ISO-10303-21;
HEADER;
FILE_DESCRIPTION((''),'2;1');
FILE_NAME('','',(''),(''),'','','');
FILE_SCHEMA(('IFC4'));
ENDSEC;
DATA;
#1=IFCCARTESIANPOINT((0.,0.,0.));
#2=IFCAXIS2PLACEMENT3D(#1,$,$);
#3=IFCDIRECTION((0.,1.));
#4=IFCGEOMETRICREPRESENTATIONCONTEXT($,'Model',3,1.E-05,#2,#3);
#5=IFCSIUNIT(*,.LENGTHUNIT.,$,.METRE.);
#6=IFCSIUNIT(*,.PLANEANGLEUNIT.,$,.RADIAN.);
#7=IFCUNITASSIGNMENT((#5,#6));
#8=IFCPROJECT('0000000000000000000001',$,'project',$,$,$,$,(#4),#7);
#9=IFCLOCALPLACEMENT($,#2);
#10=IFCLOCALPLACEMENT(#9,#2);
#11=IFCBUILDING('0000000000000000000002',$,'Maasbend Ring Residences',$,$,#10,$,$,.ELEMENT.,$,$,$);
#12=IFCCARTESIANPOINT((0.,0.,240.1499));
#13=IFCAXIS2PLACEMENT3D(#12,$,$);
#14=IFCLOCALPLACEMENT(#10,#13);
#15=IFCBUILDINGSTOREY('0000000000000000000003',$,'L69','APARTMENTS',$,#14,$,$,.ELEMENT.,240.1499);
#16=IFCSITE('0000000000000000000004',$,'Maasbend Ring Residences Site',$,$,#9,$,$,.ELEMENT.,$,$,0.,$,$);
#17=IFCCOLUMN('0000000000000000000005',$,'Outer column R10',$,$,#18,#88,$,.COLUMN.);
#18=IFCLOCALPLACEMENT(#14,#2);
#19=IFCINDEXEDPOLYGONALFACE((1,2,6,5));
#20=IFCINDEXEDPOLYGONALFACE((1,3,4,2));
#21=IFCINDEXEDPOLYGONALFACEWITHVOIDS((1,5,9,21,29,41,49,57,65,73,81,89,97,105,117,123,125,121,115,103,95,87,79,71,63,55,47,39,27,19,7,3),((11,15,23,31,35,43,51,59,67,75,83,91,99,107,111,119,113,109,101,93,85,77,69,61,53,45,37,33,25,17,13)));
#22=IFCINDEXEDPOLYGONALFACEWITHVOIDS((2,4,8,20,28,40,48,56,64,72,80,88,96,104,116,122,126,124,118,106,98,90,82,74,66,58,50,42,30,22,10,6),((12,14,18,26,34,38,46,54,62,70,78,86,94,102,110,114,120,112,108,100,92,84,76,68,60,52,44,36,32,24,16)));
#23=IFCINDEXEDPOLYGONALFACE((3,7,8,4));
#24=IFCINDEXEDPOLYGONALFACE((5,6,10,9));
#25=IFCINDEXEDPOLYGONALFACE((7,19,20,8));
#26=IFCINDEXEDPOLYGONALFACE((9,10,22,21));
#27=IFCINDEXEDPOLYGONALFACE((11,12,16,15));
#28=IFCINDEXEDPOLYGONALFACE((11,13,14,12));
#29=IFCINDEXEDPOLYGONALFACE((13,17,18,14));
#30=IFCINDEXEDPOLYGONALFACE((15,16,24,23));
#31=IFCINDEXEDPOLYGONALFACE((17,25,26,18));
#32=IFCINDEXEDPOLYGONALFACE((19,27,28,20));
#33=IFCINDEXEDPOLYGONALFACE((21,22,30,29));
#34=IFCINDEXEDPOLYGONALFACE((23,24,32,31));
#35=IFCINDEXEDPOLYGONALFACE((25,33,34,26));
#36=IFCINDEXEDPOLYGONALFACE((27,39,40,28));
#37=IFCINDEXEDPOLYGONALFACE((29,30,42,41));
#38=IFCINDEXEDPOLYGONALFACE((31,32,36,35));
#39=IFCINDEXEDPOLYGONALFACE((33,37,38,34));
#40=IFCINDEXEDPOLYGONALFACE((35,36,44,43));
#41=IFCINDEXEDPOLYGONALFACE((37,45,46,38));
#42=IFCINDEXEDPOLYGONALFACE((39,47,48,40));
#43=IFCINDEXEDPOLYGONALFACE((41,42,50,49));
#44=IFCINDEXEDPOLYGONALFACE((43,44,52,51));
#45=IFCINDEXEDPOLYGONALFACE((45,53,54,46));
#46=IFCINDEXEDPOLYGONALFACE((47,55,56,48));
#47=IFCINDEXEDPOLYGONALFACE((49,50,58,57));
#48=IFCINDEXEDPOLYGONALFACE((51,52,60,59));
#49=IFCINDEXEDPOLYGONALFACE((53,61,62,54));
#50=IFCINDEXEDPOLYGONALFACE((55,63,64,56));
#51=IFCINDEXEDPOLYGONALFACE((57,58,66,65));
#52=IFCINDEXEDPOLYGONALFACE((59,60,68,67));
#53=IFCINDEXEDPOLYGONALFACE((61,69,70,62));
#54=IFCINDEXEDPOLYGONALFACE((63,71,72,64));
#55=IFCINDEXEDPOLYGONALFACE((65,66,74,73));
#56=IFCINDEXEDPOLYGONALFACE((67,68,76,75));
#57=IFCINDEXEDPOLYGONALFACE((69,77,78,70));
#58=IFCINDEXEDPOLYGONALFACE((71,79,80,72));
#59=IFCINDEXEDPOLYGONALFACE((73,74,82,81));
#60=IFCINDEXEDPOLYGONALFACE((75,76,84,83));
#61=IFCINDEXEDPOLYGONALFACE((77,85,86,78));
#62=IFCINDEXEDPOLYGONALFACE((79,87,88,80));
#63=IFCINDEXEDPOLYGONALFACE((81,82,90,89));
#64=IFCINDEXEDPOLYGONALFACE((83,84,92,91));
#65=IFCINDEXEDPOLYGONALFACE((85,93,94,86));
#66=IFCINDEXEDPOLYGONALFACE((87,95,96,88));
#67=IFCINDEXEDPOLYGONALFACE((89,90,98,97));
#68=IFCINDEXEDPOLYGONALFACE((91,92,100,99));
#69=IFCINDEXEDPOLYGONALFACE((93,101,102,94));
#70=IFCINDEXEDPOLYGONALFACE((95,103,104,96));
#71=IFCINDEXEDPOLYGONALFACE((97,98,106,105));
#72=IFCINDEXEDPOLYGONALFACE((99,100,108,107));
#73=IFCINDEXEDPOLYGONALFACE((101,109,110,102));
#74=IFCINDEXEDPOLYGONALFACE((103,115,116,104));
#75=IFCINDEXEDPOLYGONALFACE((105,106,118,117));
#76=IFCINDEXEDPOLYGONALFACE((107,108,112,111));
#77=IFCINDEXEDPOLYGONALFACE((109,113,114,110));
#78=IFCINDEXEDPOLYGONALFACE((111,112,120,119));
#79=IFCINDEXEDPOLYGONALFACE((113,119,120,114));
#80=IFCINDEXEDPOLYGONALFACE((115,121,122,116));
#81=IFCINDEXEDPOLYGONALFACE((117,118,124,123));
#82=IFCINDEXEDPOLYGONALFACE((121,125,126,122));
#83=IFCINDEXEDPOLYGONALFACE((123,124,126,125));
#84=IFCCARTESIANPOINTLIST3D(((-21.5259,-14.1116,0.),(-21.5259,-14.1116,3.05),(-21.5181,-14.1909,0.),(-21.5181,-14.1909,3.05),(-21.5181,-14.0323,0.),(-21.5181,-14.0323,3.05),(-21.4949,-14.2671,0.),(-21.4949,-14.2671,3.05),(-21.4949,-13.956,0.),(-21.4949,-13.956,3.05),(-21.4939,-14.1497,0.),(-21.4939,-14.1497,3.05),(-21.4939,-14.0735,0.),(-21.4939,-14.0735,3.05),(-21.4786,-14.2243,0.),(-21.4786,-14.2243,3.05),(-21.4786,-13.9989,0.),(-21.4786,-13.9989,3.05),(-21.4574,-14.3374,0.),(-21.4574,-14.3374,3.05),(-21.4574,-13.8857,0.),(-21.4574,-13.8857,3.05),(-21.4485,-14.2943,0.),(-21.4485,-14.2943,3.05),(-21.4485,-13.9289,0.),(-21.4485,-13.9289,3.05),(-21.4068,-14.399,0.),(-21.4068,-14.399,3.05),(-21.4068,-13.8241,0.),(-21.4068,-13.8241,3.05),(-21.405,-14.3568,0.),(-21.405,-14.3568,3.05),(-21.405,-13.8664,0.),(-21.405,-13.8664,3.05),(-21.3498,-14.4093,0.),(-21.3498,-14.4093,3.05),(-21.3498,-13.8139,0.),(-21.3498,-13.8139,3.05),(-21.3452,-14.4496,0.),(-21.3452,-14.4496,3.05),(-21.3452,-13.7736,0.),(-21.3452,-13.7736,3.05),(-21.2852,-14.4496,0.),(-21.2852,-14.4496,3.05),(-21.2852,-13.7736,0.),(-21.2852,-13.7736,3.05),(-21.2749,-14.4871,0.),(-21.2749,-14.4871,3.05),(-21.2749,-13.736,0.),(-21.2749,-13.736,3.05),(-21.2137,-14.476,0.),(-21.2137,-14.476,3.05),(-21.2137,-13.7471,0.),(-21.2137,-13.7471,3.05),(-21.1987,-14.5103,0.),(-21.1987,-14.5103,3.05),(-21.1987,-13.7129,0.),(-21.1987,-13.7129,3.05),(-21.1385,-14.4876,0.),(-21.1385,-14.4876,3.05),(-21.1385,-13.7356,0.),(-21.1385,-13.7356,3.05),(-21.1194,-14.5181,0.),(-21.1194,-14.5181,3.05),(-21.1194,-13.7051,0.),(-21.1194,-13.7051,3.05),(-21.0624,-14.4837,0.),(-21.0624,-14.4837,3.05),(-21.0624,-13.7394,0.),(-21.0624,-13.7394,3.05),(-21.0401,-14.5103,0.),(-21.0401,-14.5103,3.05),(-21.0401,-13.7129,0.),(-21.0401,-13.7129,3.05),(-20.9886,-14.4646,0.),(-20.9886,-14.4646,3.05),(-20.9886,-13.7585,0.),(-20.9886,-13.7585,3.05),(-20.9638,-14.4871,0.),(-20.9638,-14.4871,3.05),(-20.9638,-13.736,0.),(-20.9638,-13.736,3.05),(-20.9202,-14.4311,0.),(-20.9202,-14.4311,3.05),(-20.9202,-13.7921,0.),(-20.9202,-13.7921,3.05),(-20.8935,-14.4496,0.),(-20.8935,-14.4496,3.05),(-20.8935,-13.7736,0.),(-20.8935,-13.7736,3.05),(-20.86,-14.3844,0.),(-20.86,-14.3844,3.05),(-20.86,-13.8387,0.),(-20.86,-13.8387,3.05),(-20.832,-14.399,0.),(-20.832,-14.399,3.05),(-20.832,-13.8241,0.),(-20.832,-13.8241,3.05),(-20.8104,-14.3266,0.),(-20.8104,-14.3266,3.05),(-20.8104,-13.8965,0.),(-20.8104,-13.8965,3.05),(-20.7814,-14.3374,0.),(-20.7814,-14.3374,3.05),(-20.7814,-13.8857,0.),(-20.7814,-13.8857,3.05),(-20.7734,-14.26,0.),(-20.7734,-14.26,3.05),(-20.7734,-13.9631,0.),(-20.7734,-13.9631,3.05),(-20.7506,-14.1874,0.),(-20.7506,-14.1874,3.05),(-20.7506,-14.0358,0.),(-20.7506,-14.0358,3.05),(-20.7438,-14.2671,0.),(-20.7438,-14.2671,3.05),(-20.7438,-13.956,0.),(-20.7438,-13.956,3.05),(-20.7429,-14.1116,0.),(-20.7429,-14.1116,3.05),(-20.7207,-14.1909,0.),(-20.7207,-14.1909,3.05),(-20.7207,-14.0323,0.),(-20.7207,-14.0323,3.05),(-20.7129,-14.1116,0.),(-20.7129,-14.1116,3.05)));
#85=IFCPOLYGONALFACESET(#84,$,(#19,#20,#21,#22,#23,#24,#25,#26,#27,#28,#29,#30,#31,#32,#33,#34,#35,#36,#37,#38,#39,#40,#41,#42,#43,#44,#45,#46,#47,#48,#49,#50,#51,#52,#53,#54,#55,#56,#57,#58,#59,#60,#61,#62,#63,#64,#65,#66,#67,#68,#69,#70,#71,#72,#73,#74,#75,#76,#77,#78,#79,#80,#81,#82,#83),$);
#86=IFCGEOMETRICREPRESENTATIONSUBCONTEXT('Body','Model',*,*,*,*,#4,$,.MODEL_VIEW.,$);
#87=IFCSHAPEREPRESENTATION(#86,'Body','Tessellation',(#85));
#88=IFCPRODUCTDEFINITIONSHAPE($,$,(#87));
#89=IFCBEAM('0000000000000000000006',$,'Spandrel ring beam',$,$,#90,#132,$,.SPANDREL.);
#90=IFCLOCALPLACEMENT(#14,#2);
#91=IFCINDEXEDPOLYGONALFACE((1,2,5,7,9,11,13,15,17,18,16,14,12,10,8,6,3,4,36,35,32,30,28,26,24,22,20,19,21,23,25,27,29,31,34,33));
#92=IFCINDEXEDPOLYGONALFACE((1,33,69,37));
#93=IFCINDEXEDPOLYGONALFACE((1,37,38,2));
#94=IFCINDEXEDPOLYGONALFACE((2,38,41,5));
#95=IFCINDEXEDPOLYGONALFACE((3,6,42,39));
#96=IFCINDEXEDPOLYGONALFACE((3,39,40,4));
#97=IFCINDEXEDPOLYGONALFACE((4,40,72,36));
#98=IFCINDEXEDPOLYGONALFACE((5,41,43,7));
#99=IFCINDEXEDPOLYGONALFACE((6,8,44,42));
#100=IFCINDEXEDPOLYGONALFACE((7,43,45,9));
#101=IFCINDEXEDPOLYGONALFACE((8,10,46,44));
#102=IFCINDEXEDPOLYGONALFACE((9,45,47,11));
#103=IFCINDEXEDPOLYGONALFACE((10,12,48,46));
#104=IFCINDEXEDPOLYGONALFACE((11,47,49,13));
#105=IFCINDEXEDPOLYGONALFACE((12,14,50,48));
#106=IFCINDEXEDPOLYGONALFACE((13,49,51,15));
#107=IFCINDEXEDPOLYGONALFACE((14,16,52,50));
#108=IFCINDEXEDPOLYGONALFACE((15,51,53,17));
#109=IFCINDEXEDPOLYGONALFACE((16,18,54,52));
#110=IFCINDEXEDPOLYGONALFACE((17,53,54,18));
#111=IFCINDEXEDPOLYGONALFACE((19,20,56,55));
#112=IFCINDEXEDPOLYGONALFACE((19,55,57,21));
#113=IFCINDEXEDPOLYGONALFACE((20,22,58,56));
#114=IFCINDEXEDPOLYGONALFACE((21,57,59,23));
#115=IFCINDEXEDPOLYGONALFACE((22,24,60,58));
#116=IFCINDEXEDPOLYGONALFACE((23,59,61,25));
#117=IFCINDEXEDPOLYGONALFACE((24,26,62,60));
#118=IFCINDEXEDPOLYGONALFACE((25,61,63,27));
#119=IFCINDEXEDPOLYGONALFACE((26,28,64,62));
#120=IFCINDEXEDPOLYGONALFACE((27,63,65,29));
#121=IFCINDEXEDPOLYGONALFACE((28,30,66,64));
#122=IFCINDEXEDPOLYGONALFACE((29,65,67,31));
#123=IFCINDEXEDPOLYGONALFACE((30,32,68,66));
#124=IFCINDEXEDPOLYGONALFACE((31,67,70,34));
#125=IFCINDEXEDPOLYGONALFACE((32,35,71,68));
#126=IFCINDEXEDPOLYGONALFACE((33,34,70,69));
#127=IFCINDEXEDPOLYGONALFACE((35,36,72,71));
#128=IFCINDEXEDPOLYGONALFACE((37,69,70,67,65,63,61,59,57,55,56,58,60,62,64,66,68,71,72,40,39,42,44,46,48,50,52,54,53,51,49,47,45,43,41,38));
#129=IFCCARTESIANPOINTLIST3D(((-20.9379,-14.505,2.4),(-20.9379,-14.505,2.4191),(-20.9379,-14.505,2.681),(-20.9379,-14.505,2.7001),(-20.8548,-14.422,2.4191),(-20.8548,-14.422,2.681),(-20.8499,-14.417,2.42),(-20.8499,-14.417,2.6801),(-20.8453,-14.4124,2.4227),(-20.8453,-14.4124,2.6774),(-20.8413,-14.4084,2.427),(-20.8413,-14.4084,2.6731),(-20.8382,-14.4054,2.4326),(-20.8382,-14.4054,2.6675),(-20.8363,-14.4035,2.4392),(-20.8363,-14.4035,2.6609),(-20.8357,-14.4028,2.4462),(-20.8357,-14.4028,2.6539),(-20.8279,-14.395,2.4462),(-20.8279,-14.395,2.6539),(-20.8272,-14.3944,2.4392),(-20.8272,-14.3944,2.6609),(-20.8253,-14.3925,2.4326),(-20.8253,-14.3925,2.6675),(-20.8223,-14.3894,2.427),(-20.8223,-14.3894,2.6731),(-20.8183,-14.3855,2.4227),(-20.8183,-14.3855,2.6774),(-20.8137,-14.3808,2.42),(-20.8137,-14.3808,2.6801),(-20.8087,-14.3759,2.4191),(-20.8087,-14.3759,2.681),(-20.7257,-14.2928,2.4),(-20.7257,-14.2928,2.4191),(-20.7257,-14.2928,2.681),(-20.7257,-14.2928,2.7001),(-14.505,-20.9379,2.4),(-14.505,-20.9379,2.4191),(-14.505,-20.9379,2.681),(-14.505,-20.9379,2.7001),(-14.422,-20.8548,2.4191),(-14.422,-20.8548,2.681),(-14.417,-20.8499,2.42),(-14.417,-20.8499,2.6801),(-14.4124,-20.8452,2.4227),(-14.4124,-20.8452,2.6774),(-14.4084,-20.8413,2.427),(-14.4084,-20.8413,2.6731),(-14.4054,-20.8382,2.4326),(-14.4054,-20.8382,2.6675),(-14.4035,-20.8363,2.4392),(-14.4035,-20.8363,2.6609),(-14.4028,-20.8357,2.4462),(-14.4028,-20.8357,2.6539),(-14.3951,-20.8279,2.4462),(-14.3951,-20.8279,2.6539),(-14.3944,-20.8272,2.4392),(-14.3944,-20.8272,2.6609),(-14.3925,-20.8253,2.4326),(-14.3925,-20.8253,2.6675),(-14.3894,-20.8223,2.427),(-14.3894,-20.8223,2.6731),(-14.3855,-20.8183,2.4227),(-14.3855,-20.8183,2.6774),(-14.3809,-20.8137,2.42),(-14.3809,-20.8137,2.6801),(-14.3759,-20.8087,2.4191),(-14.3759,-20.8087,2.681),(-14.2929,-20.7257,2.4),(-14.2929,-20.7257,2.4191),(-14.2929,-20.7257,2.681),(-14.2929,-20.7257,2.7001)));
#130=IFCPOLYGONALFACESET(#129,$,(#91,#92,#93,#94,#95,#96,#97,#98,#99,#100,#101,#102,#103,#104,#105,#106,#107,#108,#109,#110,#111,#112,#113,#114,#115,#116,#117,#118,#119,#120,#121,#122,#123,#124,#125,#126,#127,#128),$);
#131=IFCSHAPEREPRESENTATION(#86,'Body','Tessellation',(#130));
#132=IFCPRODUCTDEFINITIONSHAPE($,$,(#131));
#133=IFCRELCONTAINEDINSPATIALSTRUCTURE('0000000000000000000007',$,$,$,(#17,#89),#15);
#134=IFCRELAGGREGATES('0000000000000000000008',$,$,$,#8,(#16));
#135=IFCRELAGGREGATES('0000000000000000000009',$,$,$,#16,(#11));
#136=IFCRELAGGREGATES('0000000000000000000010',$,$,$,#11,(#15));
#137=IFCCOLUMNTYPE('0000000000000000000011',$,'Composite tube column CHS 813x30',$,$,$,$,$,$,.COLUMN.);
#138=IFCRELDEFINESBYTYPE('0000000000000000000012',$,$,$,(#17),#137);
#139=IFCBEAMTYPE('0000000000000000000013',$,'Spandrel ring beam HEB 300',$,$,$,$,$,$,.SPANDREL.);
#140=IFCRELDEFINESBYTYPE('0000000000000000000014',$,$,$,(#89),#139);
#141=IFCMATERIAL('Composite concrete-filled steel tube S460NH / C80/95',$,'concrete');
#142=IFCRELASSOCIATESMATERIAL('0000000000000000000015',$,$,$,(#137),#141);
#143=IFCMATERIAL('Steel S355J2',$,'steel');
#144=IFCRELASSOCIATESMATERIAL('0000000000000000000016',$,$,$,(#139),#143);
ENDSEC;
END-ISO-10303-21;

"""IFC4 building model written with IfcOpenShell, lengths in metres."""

from ifc_helpers import new_model, si_unit, direction, frame, origin, origin_2d, place, context, subcontext, project, spatial, hollow_circle, i_section, extrude, material, material_profile, profile_set, type_object, element, save


model = new_model("IFC4")

# Units and contexts
model_context = context("Model", 3, precision=1e-05, world=origin(), true_north=direction((0.0, 1.0)))
body_context = subcontext(model_context, "Body", "Model", "MODEL_VIEW")
ifc_project = project(units=[si_unit("LENGTHUNIT", "METRE"), si_unit("PLANEANGLEUNIT", "RADIAN")], contexts=[model_context])

# Site, building, storey
site_placement = place(None, origin())
site = spatial("IfcSite", under=ifc_project, at=site_placement, Name="Maasbend Ring Residences Site", CompositionType="ELEMENT", RefElevation=0.0)
building_placement = place(site_placement, origin())
building = spatial("IfcBuilding", under=site, at=building_placement, Name="Maasbend Ring Residences", CompositionType="ELEMENT")
storey_placement = place(building_placement, frame((0.0, 0.0, 240.1499)))
storey = spatial("IfcBuildingStorey", under=building, at=storey_placement, Name="L69", Description="APARTMENTS", CompositionType="ELEMENT", Elevation=240.1499)

# Column
ifc_material_1 = material(Name="Composite concrete-filled steel tube S460NH / C80/95", Category="concrete")
ifc_material_profile_1 = material_profile(ifc_material_1, hollow_circle(Radius=0.4065, WallThickness=0.03, at=origin_2d()), Name="Composite tube column CHS 813x30")
ifc_profile_set_1 = profile_set([ifc_material_profile_1], Name="Composite concrete-filled steel tube S460NH / C80/95")
column_type = type_object("IfcColumnType", Name="Composite tube column CHS 813x30", PredefinedType="COLUMN", material=ifc_profile_set_1)
column_placement = place(storey_placement, frame((-21.1194, -14.1116, 0.0), z_axis=(0.0, 0.0, 1.0), x_axis=(1.0, 0.0, 0.0)))
element("IfcColumn", 1, at=column_placement, inside=storey, type_object=column_type, Name="Outer column R10", PredefinedType="COLUMN", context=body_context, shape_type="SweptSolid", body=[
    extrude(hollow_circle(Radius=0.4065, WallThickness=0.03, at=origin_2d()), origin(), (0.0, 0.0, 1.0), 3.05),
])

# Beam
ifc_material_2 = material(Name="Steel S355J2", Category="steel")
ifc_material_profile_2 = material_profile(ifc_material_2, i_section(OverallWidth=0.3, OverallDepth=0.3, WebThickness=0.011, FlangeThickness=0.019, FilletRadius=0.0271, at=origin_2d()), Name="HEB 300")
ifc_profile_set_2 = profile_set([ifc_material_profile_2], Name="Steel S355J2")
beam_type = type_object("IfcBeamType", Name="Spandrel ring beam HEB 300", PredefinedType="SPANDREL", material=ifc_profile_set_2)
beam_placement = place(storey_placement, frame((-20.8318, -14.3989, 2.55), z_axis=(0.707107, -0.707107, 0.0), x_axis=(0.707107, 0.707107, 0.0)))
element("IfcBeam", 2, at=beam_placement, inside=storey, type_object=beam_type, Name="Spandrel ring beam", PredefinedType="SPANDREL", context=body_context, shape_type="SweptSolid", body=[
    extrude(i_section(OverallWidth=0.3, OverallDepth=0.3, WebThickness=0.011, FlangeThickness=0.019, FilletRadius=0.0271, at=origin_2d()), origin(), (0.0, 0.0, 1.0), 9.0974),
])

save(model, "model.ifc")
